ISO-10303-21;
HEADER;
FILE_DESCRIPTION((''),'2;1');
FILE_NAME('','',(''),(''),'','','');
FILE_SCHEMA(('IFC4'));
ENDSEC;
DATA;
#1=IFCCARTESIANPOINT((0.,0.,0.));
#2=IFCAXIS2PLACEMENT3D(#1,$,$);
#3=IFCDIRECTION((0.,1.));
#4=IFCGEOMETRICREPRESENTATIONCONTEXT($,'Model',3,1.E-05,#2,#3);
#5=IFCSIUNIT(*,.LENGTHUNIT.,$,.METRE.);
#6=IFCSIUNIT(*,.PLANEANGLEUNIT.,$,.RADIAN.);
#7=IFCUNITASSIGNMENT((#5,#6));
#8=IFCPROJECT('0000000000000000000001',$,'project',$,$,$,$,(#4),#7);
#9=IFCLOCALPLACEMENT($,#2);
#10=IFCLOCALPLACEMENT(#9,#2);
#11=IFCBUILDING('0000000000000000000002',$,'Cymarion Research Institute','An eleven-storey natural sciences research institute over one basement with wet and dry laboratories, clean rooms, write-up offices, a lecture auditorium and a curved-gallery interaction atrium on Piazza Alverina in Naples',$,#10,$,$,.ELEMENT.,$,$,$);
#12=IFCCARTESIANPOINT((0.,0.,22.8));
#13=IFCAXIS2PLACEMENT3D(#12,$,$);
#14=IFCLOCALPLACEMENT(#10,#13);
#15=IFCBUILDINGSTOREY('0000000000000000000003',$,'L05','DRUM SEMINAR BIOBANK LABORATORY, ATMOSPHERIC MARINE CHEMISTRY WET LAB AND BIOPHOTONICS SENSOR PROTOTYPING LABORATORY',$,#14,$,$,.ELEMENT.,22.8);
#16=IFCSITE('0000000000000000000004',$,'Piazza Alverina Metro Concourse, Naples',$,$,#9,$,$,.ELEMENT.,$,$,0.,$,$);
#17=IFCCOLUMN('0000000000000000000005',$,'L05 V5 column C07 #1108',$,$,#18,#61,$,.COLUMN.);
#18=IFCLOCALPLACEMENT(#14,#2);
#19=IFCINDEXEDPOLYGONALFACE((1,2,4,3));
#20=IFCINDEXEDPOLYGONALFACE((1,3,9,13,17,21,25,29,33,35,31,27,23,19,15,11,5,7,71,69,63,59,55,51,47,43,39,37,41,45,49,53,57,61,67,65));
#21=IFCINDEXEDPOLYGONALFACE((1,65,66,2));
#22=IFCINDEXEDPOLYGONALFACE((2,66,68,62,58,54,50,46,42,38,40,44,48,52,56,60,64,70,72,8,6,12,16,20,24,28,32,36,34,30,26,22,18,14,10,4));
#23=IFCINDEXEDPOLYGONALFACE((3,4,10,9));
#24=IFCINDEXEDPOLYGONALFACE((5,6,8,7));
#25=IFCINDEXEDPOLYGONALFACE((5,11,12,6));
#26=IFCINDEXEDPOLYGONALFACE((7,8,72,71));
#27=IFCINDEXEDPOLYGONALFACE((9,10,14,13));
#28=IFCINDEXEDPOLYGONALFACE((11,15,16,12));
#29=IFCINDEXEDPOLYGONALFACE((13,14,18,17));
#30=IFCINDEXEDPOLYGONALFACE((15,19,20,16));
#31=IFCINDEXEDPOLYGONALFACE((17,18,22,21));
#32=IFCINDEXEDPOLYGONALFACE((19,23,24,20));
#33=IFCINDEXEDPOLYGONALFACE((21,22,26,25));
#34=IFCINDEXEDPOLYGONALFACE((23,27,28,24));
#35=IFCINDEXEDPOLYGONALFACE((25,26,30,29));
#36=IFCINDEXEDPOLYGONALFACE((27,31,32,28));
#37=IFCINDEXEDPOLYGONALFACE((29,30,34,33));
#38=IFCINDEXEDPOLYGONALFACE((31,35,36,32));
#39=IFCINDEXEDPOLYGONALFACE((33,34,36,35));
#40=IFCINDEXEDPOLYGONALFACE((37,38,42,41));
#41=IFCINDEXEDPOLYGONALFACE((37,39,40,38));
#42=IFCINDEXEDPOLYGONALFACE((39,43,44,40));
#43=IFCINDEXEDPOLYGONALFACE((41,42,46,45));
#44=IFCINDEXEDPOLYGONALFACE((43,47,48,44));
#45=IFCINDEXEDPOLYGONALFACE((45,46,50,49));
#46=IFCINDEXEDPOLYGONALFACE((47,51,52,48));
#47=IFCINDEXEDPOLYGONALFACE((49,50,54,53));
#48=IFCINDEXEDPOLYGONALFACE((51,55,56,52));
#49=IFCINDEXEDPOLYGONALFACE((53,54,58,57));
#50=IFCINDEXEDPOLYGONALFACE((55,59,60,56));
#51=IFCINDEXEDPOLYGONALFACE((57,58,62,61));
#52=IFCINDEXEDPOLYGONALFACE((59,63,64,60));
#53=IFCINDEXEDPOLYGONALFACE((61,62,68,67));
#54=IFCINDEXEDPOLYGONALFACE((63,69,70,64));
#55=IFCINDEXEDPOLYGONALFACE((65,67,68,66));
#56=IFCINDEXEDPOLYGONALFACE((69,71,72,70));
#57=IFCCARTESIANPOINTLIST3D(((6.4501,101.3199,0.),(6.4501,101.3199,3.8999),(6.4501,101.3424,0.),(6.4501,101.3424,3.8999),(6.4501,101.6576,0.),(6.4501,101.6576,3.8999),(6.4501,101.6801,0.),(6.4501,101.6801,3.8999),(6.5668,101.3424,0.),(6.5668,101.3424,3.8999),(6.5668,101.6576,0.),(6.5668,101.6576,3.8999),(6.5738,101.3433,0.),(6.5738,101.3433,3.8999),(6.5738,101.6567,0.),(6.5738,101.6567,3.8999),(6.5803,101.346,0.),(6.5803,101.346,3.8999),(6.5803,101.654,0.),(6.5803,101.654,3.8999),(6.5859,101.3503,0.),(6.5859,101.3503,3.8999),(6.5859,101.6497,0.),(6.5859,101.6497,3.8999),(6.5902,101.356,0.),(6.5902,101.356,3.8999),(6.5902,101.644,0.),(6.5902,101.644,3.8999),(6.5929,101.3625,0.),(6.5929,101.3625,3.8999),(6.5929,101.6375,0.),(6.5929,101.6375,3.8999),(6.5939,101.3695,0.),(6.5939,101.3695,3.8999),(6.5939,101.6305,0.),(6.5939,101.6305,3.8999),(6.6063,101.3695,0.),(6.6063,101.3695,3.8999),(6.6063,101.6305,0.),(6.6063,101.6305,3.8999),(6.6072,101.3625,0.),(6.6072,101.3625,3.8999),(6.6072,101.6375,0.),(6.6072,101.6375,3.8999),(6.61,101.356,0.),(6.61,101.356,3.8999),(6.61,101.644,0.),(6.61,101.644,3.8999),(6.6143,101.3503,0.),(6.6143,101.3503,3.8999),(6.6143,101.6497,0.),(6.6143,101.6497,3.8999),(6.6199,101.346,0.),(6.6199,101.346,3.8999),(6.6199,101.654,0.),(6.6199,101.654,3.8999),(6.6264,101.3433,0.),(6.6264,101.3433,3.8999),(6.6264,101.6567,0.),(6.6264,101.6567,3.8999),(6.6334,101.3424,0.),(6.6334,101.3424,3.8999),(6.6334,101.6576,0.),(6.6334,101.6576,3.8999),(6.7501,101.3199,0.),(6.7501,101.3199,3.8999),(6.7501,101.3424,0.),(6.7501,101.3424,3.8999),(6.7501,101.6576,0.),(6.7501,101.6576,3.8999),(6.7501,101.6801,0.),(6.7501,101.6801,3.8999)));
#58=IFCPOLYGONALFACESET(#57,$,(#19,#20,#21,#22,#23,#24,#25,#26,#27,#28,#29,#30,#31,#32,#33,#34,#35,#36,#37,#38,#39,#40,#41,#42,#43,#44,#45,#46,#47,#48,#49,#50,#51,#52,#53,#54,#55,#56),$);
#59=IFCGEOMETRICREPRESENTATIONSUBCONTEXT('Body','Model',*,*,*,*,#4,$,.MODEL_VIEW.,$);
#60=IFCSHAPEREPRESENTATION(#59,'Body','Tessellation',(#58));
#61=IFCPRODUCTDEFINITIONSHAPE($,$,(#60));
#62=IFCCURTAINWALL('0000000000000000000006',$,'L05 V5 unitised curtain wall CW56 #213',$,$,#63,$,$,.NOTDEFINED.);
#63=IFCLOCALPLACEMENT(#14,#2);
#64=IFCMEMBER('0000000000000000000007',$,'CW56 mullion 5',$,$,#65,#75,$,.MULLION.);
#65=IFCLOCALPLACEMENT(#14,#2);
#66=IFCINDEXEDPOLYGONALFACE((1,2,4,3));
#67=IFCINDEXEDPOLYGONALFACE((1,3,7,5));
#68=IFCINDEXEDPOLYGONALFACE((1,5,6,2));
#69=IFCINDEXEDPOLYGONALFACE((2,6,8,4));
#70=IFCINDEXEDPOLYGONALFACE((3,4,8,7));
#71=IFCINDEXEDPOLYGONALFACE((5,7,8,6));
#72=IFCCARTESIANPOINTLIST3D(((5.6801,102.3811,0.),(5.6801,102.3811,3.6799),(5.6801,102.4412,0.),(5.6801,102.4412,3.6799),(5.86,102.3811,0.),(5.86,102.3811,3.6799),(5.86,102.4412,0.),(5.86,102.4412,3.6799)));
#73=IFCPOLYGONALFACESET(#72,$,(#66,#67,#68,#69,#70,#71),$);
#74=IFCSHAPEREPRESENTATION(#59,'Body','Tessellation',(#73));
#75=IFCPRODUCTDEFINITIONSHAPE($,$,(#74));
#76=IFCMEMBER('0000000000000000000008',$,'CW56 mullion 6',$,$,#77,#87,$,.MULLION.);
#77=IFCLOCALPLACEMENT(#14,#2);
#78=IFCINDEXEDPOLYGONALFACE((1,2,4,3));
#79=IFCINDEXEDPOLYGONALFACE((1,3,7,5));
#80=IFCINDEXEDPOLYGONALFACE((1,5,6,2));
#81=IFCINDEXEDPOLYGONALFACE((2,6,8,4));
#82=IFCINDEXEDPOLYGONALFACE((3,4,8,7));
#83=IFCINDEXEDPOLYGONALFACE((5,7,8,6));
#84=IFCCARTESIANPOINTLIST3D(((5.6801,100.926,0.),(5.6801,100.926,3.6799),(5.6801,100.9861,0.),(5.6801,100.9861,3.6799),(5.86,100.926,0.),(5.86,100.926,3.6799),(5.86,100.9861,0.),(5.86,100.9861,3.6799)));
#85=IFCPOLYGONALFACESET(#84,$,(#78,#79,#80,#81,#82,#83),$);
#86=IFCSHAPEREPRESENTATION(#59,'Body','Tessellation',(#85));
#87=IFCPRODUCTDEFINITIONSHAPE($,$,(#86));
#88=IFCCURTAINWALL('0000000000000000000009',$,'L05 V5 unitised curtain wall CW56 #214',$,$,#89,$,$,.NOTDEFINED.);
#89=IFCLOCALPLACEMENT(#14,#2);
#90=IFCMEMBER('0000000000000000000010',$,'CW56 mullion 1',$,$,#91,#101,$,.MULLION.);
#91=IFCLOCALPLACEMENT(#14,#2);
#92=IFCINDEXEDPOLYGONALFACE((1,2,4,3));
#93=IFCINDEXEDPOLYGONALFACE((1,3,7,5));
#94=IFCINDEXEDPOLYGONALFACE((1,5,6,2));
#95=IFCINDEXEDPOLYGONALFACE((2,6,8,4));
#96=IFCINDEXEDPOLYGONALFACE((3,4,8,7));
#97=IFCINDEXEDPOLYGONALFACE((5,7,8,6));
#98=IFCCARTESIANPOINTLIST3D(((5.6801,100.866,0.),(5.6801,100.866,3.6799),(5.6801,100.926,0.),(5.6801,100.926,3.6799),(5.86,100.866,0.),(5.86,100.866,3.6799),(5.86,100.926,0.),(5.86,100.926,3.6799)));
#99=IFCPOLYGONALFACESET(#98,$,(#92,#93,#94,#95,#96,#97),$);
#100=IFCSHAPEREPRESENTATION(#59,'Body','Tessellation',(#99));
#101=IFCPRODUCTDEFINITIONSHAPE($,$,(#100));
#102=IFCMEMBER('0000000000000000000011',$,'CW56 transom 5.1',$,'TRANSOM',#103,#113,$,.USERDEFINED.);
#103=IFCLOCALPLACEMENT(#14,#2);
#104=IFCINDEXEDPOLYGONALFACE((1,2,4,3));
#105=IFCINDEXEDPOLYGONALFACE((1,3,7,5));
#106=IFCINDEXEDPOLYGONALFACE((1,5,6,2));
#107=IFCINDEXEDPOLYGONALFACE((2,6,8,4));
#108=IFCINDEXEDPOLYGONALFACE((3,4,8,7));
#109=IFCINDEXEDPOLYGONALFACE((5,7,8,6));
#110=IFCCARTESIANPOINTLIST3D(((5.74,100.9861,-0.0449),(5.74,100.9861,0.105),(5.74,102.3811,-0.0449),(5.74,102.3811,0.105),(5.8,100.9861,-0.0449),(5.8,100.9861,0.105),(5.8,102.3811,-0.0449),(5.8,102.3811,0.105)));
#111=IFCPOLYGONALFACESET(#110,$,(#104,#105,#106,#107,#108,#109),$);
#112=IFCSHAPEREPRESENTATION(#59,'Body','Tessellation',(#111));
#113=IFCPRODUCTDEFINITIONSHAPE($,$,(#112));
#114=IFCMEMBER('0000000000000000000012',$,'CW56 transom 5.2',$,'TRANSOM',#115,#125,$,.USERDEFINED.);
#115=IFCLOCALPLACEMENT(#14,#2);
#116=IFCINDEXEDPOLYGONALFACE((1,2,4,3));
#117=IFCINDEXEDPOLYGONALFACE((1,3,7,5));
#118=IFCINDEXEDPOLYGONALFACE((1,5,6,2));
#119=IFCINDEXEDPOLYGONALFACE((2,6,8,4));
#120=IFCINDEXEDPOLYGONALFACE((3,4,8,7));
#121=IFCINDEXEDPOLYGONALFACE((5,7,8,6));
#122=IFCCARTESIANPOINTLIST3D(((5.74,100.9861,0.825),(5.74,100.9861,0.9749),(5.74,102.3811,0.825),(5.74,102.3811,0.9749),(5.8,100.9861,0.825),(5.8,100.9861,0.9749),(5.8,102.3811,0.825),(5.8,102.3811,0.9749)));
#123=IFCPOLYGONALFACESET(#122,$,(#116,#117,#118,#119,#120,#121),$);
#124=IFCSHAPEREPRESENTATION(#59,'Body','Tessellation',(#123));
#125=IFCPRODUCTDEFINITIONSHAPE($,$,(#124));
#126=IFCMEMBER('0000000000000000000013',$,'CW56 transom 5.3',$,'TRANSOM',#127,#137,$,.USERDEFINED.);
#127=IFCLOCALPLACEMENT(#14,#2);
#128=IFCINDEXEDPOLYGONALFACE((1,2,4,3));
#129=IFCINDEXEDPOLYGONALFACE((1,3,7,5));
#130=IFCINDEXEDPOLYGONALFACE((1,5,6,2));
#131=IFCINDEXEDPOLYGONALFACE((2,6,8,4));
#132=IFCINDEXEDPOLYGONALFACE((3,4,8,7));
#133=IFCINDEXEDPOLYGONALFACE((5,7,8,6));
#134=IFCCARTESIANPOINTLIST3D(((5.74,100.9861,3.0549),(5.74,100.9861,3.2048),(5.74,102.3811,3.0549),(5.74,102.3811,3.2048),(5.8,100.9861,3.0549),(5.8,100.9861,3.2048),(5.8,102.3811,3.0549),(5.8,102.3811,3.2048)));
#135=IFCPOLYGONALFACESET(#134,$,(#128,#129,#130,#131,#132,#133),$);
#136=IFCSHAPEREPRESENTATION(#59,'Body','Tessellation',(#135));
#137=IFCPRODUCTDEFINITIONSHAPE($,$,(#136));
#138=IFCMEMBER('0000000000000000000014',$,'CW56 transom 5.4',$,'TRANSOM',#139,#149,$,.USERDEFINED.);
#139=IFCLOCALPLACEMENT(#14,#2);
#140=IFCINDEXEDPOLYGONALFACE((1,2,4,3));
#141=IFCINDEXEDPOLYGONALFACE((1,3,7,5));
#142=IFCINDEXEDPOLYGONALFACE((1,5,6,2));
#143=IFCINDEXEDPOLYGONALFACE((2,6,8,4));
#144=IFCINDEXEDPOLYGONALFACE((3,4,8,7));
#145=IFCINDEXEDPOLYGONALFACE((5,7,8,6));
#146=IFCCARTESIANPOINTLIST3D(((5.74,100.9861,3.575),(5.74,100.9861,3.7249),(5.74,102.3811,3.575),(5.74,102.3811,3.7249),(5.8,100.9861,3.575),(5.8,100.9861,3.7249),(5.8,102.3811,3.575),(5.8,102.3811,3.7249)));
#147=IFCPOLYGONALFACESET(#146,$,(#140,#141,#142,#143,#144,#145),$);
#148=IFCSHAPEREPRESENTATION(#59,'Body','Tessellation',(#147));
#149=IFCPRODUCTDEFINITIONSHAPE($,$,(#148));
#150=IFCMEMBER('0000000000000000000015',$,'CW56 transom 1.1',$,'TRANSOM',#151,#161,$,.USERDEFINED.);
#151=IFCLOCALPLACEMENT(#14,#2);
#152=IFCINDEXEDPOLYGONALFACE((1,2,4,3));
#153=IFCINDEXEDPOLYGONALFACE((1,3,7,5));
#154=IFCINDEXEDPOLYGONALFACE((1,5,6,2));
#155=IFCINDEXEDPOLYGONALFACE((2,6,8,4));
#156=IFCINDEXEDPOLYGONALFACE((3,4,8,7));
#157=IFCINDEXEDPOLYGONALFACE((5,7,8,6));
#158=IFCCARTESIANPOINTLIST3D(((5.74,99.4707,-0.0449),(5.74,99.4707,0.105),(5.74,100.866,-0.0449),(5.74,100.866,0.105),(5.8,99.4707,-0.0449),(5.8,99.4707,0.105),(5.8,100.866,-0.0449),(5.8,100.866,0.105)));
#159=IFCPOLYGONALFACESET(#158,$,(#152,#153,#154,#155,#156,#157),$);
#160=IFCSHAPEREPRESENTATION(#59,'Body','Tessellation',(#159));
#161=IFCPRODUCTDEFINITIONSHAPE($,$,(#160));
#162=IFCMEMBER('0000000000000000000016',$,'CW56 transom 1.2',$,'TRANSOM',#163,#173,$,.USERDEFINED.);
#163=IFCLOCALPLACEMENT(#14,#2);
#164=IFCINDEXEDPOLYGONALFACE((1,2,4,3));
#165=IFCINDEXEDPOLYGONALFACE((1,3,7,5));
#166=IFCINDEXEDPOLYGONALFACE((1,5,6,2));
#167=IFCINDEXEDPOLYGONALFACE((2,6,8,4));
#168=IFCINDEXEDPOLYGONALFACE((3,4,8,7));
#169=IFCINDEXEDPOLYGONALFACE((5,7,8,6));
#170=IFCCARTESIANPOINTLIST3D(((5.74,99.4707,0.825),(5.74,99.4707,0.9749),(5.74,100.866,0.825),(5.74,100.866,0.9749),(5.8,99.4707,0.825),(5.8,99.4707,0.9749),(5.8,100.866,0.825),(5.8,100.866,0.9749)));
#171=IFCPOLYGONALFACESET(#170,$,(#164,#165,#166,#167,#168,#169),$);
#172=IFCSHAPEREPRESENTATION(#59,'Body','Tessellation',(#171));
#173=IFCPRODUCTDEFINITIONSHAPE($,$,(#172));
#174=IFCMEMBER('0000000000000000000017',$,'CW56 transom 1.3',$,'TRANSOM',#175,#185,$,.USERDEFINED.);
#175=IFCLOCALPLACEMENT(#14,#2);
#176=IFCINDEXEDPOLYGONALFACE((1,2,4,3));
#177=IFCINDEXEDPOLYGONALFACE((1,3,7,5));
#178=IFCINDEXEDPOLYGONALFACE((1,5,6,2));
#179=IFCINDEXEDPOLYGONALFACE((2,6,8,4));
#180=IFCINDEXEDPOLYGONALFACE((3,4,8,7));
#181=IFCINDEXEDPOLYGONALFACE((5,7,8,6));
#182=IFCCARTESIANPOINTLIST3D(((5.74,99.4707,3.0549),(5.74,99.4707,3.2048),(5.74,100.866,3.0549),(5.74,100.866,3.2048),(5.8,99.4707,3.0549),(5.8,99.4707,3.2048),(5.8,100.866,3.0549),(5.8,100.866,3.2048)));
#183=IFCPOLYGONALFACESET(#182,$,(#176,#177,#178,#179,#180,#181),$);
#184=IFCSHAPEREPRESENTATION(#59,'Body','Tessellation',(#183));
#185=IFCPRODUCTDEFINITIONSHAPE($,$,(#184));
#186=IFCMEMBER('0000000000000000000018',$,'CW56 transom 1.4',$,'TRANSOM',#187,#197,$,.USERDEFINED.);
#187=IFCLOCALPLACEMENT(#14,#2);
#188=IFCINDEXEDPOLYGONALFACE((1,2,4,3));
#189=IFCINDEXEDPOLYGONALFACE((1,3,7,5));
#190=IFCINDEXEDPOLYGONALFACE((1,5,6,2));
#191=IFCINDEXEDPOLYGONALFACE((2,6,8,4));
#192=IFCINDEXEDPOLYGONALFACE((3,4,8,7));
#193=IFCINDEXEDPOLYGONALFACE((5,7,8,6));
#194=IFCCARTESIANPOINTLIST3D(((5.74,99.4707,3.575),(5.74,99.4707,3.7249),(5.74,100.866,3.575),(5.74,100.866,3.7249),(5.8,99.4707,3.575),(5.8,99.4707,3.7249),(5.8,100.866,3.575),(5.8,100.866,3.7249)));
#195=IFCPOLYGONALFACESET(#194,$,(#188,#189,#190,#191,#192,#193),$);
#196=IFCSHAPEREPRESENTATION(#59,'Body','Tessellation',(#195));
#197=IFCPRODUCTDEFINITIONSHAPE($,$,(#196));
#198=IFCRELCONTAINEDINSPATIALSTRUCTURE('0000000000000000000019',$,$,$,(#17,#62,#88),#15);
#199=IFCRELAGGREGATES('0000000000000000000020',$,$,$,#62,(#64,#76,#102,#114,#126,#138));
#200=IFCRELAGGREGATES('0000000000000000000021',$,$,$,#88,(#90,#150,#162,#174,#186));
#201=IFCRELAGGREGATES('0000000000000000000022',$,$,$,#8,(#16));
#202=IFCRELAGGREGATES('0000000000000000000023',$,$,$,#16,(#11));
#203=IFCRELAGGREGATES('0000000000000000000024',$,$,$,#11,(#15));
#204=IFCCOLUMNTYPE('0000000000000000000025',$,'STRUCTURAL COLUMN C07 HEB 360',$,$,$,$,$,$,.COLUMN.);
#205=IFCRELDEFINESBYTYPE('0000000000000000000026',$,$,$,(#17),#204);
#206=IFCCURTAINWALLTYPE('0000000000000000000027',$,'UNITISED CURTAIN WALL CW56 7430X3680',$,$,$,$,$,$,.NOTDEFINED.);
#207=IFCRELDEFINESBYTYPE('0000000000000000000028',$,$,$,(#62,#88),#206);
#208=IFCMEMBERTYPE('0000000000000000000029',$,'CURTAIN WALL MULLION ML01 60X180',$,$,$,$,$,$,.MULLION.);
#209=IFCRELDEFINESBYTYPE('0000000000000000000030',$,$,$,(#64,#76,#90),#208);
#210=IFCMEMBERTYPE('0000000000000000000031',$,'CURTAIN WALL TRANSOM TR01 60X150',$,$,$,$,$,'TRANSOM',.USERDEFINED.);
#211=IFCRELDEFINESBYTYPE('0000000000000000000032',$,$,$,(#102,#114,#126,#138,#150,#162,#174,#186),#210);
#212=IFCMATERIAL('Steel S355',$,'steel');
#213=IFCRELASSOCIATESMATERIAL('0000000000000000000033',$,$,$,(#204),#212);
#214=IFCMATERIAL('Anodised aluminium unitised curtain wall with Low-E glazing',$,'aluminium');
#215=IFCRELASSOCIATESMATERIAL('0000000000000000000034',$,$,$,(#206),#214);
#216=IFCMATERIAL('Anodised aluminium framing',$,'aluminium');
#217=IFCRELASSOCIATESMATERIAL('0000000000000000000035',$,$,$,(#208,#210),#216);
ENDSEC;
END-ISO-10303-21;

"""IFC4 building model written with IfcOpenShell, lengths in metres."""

from ifc_helpers import new_model, si_unit, direction, frame, origin, origin_2d, place, context, subcontext, project, spatial, rectangle, i_section, extrude, material, material_profile, profile_set, type_object, element, aggregate, save


model = new_model("IFC4")

# Units and contexts
model_context = context("Model", 3, precision=1e-05, world=origin(), true_north=direction((0.0, 1.0)))
body_context = subcontext(model_context, "Body", "Model", "MODEL_VIEW")
ifc_project = project(units=[si_unit("LENGTHUNIT", "METRE"), si_unit("PLANEANGLEUNIT", "RADIAN")], contexts=[model_context])

# Site, building, storey
site_placement = place(None, origin())
site = spatial("IfcSite", under=ifc_project, at=site_placement, Name="Piazza Alverina Metro Concourse, Naples", CompositionType="ELEMENT", RefElevation=0.0)
building_placement = place(site_placement, origin())
building = spatial("IfcBuilding", under=site, at=building_placement, Name="Cymarion Research Institute", Description="An eleven-storey natural sciences research institute over one basement with wet and dry laboratories, clean rooms, write-up offices, a lecture auditorium and a curved-gallery interaction atrium on Piazza Alverina in Naples", CompositionType="ELEMENT")
storey_placement = place(building_placement, frame((0.0, 0.0, 22.8)))
storey = spatial("IfcBuildingStorey", under=building, at=storey_placement, Name="L05", Description="DRUM SEMINAR BIOBANK LABORATORY, ATMOSPHERIC MARINE CHEMISTRY WET LAB AND BIOPHOTONICS SENSOR PROTOTYPING LABORATORY", CompositionType="ELEMENT", Elevation=22.8)

# Column
ifc_material_1 = material(Name="Steel S355", Category="steel")
ifc_material_profile_1 = material_profile(ifc_material_1, i_section(OverallWidth=0.3, OverallDepth=0.3601, WebThickness=0.0125, FlangeThickness=0.0225, FilletRadius=0.0271, at=origin_2d()), Name="HEB 360")
ifc_profile_set_1 = profile_set([ifc_material_profile_1], Name="Steel S355")
column_type = type_object("IfcColumnType", Name="STRUCTURAL COLUMN C07 HEB 360", PredefinedType="COLUMN", material=ifc_profile_set_1)
column_placement = place(storey_placement, frame((6.6001, 101.5, 0.0), z_axis=(0.0, 0.0, 1.0), x_axis=(1.0, 0.0, 0.0)))
element("IfcColumn", 1, at=column_placement, inside=storey, type_object=column_type, Name="L05 V5 column C07 #1108", PredefinedType="COLUMN", context=body_context, shape_type="SweptSolid", body=[
    extrude(i_section(OverallWidth=0.3, OverallDepth=0.3601, WebThickness=0.0125, FlangeThickness=0.0225, FilletRadius=0.0271, at=origin_2d()), origin(), (0.0, 0.0, 1.0), 3.8999),
])

# Curtain wall, members
ifc_material_2 = material(Name="Anodised aluminium unitised curtain wall with Low-E glazing", Category="aluminium")
curtain_wall_type = type_object("IfcCurtainWallType", Name="UNITISED CURTAIN WALL CW56 7430X3680", PredefinedType="NOTDEFINED", material=ifc_material_2)
curtain_wall_1_placement = place(storey_placement, origin())
curtain_wall_1 = element("IfcCurtainWall", 2, at=curtain_wall_1_placement, inside=storey, type_object=curtain_wall_type, Name="L05 V5 unitised curtain wall CW56 #213", PredefinedType="NOTDEFINED")
ifc_material_3 = material(Name="Anodised aluminium framing", Category="aluminium")
ifc_material_profile_2 = material_profile(ifc_material_3, rectangle(XDim=0.0601, YDim=0.1799, at=origin_2d()), Name="ALU MULLION 60x180")
ifc_profile_set_2 = profile_set([ifc_material_profile_2], Name="Anodised aluminium framing")
member_type_1 = type_object("IfcMemberType", Name="CURTAIN WALL MULLION ML01 60X180", PredefinedType="MULLION", material=ifc_profile_set_2)
member_1_placement = place(storey_placement, frame((5.77, 102.4111, 0.0), z_axis=(0.0, 0.0, 1.0), x_axis=(0.0, -1.0, 0.0)))
member_1 = element("IfcMember", 3, at=member_1_placement, type_object=member_type_1, Name="CW56 mullion 5", PredefinedType="MULLION", context=body_context, shape_type="SweptSolid", body=[
    extrude(rectangle(XDim=0.0601, YDim=0.1799, at=origin_2d()), origin(), (0.0, 0.0, 1.0), 3.6799),
])
member_2_placement = place(storey_placement, frame((5.77, 100.9561, 0.0), z_axis=(0.0, 0.0, 1.0), x_axis=(0.0, -1.0, 0.0)))
member_2 = element("IfcMember", 4, at=member_2_placement, type_object=member_type_1, Name="CW56 mullion 6", PredefinedType="MULLION", context=body_context, shape_type="SweptSolid", body=[
    extrude(rectangle(XDim=0.0601, YDim=0.1799, at=origin_2d()), origin(), (0.0, 0.0, 1.0), 3.6799),
])

# Curtain wall, member
curtain_wall_2_placement = place(storey_placement, origin())
curtain_wall_2 = element("IfcCurtainWall", 5, at=curtain_wall_2_placement, inside=storey, type_object=curtain_wall_type, Name="L05 V5 unitised curtain wall CW56 #214", PredefinedType="NOTDEFINED")
member_3_placement = place(storey_placement, frame((5.77, 100.896, 0.0), z_axis=(0.0, 0.0, 1.0), x_axis=(0.0, -1.0, 0.0)))
member_3 = element("IfcMember", 6, at=member_3_placement, type_object=member_type_1, Name="CW56 mullion 1", PredefinedType="MULLION", context=body_context, shape_type="SweptSolid", body=[
    extrude(rectangle(XDim=0.0601, YDim=0.1799, at=origin_2d()), origin(), (0.0, 0.0, 1.0), 3.6799),
])

# Members
ifc_material_profile_3 = material_profile(ifc_material_3, rectangle(XDim=0.0601, YDim=0.1499, at=origin_2d()), Name="ALU TRANSOM 60x150")
ifc_profile_set_3 = profile_set([ifc_material_profile_3], Name="Anodised aluminium framing")
member_type_2 = type_object("IfcMemberType", Name="CURTAIN WALL TRANSOM TR01 60X150", ElementType="TRANSOM", PredefinedType="USERDEFINED", material=ifc_profile_set_3)
member_4_placement = place(storey_placement, frame((5.77, 102.3811, 0.03), z_axis=(0.0, -1.0, 0.0), x_axis=(1.0, 0.0, 0.0)))
member_4 = element("IfcMember", 7, at=member_4_placement, type_object=member_type_2, Name="CW56 transom 5.1", ObjectType="TRANSOM", PredefinedType="USERDEFINED", context=body_context, shape_type="SweptSolid", body=[
    extrude(rectangle(XDim=0.0601, YDim=0.1499, at=origin_2d()), origin(), (0.0, 0.0, 1.0), 1.395),
])
member_5_placement = place(storey_placement, frame((5.77, 102.3811, 0.8999), z_axis=(0.0, -1.0, 0.0), x_axis=(1.0, 0.0, 0.0)))
member_5 = element("IfcMember", 8, at=member_5_placement, type_object=member_type_2, Name="CW56 transom 5.2", ObjectType="TRANSOM", PredefinedType="USERDEFINED", context=body_context, shape_type="SweptSolid", body=[
    extrude(rectangle(XDim=0.0601, YDim=0.1499, at=origin_2d()), origin(), (0.0, 0.0, 1.0), 1.395),
])
member_6_placement = place(storey_placement, frame((5.77, 102.3811, 3.1299), z_axis=(0.0, -1.0, 0.0), x_axis=(1.0, 0.0, 0.0)))
member_6 = element("IfcMember", 9, at=member_6_placement, type_object=member_type_2, Name="CW56 transom 5.3", ObjectType="TRANSOM", PredefinedType="USERDEFINED", context=body_context, shape_type="SweptSolid", body=[
    extrude(rectangle(XDim=0.0601, YDim=0.1499, at=origin_2d()), origin(), (0.0, 0.0, 1.0), 1.395),
])
member_7_placement = place(storey_placement, frame((5.77, 102.3811, 3.6499), z_axis=(0.0, -1.0, 0.0), x_axis=(1.0, 0.0, 0.0)))
member_7 = element("IfcMember", 10, at=member_7_placement, type_object=member_type_2, Name="CW56 transom 5.4", ObjectType="TRANSOM", PredefinedType="USERDEFINED", context=body_context, shape_type="SweptSolid", body=[
    extrude(rectangle(XDim=0.0601, YDim=0.1499, at=origin_2d()), origin(), (0.0, 0.0, 1.0), 1.395),
])
member_8_placement = place(storey_placement, frame((5.77, 100.866, 0.03), z_axis=(0.0, -1.0, 0.0), x_axis=(1.0, 0.0, 0.0)))
member_8 = element("IfcMember", 11, at=member_8_placement, type_object=member_type_2, Name="CW56 transom 1.1", ObjectType="TRANSOM", PredefinedType="USERDEFINED", context=body_context, shape_type="SweptSolid", body=[
    extrude(rectangle(XDim=0.0601, YDim=0.1499, at=origin_2d()), origin(), (0.0, 0.0, 1.0), 1.3953),
])
member_9_placement = place(storey_placement, frame((5.77, 100.866, 0.8999), z_axis=(0.0, -1.0, 0.0), x_axis=(1.0, 0.0, 0.0)))
member_9 = element("IfcMember", 12, at=member_9_placement, type_object=member_type_2, Name="CW56 transom 1.2", ObjectType="TRANSOM", PredefinedType="USERDEFINED", context=body_context, shape_type="SweptSolid", body=[
    extrude(rectangle(XDim=0.0601, YDim=0.1499, at=origin_2d()), origin(), (0.0, 0.0, 1.0), 1.3953),
])
member_10_placement = place(storey_placement, frame((5.77, 100.866, 3.1299), z_axis=(0.0, -1.0, 0.0), x_axis=(1.0, 0.0, 0.0)))
member_10 = element("IfcMember", 13, at=member_10_placement, type_object=member_type_2, Name="CW56 transom 1.3", ObjectType="TRANSOM", PredefinedType="USERDEFINED", context=body_context, shape_type="SweptSolid", body=[
    extrude(rectangle(XDim=0.0601, YDim=0.1499, at=origin_2d()), origin(), (0.0, 0.0, 1.0), 1.3953),
])
member_11_placement = place(storey_placement, frame((5.77, 100.866, 3.6499), z_axis=(0.0, -1.0, 0.0), x_axis=(1.0, 0.0, 0.0)))
member_11 = element("IfcMember", 14, at=member_11_placement, type_object=member_type_2, Name="CW56 transom 1.4", ObjectType="TRANSOM", PredefinedType="USERDEFINED", context=body_context, shape_type="SweptSolid", body=[
    extrude(rectangle(XDim=0.0601, YDim=0.1499, at=origin_2d()), origin(), (0.0, 0.0, 1.0), 1.3953),
])

aggregate(curtain_wall_1, [member_1, member_2, member_4, member_5, member_6, member_7])
aggregate(curtain_wall_2, [member_3, member_8, member_9, member_10, member_11])

save(model, "model.ifc")
